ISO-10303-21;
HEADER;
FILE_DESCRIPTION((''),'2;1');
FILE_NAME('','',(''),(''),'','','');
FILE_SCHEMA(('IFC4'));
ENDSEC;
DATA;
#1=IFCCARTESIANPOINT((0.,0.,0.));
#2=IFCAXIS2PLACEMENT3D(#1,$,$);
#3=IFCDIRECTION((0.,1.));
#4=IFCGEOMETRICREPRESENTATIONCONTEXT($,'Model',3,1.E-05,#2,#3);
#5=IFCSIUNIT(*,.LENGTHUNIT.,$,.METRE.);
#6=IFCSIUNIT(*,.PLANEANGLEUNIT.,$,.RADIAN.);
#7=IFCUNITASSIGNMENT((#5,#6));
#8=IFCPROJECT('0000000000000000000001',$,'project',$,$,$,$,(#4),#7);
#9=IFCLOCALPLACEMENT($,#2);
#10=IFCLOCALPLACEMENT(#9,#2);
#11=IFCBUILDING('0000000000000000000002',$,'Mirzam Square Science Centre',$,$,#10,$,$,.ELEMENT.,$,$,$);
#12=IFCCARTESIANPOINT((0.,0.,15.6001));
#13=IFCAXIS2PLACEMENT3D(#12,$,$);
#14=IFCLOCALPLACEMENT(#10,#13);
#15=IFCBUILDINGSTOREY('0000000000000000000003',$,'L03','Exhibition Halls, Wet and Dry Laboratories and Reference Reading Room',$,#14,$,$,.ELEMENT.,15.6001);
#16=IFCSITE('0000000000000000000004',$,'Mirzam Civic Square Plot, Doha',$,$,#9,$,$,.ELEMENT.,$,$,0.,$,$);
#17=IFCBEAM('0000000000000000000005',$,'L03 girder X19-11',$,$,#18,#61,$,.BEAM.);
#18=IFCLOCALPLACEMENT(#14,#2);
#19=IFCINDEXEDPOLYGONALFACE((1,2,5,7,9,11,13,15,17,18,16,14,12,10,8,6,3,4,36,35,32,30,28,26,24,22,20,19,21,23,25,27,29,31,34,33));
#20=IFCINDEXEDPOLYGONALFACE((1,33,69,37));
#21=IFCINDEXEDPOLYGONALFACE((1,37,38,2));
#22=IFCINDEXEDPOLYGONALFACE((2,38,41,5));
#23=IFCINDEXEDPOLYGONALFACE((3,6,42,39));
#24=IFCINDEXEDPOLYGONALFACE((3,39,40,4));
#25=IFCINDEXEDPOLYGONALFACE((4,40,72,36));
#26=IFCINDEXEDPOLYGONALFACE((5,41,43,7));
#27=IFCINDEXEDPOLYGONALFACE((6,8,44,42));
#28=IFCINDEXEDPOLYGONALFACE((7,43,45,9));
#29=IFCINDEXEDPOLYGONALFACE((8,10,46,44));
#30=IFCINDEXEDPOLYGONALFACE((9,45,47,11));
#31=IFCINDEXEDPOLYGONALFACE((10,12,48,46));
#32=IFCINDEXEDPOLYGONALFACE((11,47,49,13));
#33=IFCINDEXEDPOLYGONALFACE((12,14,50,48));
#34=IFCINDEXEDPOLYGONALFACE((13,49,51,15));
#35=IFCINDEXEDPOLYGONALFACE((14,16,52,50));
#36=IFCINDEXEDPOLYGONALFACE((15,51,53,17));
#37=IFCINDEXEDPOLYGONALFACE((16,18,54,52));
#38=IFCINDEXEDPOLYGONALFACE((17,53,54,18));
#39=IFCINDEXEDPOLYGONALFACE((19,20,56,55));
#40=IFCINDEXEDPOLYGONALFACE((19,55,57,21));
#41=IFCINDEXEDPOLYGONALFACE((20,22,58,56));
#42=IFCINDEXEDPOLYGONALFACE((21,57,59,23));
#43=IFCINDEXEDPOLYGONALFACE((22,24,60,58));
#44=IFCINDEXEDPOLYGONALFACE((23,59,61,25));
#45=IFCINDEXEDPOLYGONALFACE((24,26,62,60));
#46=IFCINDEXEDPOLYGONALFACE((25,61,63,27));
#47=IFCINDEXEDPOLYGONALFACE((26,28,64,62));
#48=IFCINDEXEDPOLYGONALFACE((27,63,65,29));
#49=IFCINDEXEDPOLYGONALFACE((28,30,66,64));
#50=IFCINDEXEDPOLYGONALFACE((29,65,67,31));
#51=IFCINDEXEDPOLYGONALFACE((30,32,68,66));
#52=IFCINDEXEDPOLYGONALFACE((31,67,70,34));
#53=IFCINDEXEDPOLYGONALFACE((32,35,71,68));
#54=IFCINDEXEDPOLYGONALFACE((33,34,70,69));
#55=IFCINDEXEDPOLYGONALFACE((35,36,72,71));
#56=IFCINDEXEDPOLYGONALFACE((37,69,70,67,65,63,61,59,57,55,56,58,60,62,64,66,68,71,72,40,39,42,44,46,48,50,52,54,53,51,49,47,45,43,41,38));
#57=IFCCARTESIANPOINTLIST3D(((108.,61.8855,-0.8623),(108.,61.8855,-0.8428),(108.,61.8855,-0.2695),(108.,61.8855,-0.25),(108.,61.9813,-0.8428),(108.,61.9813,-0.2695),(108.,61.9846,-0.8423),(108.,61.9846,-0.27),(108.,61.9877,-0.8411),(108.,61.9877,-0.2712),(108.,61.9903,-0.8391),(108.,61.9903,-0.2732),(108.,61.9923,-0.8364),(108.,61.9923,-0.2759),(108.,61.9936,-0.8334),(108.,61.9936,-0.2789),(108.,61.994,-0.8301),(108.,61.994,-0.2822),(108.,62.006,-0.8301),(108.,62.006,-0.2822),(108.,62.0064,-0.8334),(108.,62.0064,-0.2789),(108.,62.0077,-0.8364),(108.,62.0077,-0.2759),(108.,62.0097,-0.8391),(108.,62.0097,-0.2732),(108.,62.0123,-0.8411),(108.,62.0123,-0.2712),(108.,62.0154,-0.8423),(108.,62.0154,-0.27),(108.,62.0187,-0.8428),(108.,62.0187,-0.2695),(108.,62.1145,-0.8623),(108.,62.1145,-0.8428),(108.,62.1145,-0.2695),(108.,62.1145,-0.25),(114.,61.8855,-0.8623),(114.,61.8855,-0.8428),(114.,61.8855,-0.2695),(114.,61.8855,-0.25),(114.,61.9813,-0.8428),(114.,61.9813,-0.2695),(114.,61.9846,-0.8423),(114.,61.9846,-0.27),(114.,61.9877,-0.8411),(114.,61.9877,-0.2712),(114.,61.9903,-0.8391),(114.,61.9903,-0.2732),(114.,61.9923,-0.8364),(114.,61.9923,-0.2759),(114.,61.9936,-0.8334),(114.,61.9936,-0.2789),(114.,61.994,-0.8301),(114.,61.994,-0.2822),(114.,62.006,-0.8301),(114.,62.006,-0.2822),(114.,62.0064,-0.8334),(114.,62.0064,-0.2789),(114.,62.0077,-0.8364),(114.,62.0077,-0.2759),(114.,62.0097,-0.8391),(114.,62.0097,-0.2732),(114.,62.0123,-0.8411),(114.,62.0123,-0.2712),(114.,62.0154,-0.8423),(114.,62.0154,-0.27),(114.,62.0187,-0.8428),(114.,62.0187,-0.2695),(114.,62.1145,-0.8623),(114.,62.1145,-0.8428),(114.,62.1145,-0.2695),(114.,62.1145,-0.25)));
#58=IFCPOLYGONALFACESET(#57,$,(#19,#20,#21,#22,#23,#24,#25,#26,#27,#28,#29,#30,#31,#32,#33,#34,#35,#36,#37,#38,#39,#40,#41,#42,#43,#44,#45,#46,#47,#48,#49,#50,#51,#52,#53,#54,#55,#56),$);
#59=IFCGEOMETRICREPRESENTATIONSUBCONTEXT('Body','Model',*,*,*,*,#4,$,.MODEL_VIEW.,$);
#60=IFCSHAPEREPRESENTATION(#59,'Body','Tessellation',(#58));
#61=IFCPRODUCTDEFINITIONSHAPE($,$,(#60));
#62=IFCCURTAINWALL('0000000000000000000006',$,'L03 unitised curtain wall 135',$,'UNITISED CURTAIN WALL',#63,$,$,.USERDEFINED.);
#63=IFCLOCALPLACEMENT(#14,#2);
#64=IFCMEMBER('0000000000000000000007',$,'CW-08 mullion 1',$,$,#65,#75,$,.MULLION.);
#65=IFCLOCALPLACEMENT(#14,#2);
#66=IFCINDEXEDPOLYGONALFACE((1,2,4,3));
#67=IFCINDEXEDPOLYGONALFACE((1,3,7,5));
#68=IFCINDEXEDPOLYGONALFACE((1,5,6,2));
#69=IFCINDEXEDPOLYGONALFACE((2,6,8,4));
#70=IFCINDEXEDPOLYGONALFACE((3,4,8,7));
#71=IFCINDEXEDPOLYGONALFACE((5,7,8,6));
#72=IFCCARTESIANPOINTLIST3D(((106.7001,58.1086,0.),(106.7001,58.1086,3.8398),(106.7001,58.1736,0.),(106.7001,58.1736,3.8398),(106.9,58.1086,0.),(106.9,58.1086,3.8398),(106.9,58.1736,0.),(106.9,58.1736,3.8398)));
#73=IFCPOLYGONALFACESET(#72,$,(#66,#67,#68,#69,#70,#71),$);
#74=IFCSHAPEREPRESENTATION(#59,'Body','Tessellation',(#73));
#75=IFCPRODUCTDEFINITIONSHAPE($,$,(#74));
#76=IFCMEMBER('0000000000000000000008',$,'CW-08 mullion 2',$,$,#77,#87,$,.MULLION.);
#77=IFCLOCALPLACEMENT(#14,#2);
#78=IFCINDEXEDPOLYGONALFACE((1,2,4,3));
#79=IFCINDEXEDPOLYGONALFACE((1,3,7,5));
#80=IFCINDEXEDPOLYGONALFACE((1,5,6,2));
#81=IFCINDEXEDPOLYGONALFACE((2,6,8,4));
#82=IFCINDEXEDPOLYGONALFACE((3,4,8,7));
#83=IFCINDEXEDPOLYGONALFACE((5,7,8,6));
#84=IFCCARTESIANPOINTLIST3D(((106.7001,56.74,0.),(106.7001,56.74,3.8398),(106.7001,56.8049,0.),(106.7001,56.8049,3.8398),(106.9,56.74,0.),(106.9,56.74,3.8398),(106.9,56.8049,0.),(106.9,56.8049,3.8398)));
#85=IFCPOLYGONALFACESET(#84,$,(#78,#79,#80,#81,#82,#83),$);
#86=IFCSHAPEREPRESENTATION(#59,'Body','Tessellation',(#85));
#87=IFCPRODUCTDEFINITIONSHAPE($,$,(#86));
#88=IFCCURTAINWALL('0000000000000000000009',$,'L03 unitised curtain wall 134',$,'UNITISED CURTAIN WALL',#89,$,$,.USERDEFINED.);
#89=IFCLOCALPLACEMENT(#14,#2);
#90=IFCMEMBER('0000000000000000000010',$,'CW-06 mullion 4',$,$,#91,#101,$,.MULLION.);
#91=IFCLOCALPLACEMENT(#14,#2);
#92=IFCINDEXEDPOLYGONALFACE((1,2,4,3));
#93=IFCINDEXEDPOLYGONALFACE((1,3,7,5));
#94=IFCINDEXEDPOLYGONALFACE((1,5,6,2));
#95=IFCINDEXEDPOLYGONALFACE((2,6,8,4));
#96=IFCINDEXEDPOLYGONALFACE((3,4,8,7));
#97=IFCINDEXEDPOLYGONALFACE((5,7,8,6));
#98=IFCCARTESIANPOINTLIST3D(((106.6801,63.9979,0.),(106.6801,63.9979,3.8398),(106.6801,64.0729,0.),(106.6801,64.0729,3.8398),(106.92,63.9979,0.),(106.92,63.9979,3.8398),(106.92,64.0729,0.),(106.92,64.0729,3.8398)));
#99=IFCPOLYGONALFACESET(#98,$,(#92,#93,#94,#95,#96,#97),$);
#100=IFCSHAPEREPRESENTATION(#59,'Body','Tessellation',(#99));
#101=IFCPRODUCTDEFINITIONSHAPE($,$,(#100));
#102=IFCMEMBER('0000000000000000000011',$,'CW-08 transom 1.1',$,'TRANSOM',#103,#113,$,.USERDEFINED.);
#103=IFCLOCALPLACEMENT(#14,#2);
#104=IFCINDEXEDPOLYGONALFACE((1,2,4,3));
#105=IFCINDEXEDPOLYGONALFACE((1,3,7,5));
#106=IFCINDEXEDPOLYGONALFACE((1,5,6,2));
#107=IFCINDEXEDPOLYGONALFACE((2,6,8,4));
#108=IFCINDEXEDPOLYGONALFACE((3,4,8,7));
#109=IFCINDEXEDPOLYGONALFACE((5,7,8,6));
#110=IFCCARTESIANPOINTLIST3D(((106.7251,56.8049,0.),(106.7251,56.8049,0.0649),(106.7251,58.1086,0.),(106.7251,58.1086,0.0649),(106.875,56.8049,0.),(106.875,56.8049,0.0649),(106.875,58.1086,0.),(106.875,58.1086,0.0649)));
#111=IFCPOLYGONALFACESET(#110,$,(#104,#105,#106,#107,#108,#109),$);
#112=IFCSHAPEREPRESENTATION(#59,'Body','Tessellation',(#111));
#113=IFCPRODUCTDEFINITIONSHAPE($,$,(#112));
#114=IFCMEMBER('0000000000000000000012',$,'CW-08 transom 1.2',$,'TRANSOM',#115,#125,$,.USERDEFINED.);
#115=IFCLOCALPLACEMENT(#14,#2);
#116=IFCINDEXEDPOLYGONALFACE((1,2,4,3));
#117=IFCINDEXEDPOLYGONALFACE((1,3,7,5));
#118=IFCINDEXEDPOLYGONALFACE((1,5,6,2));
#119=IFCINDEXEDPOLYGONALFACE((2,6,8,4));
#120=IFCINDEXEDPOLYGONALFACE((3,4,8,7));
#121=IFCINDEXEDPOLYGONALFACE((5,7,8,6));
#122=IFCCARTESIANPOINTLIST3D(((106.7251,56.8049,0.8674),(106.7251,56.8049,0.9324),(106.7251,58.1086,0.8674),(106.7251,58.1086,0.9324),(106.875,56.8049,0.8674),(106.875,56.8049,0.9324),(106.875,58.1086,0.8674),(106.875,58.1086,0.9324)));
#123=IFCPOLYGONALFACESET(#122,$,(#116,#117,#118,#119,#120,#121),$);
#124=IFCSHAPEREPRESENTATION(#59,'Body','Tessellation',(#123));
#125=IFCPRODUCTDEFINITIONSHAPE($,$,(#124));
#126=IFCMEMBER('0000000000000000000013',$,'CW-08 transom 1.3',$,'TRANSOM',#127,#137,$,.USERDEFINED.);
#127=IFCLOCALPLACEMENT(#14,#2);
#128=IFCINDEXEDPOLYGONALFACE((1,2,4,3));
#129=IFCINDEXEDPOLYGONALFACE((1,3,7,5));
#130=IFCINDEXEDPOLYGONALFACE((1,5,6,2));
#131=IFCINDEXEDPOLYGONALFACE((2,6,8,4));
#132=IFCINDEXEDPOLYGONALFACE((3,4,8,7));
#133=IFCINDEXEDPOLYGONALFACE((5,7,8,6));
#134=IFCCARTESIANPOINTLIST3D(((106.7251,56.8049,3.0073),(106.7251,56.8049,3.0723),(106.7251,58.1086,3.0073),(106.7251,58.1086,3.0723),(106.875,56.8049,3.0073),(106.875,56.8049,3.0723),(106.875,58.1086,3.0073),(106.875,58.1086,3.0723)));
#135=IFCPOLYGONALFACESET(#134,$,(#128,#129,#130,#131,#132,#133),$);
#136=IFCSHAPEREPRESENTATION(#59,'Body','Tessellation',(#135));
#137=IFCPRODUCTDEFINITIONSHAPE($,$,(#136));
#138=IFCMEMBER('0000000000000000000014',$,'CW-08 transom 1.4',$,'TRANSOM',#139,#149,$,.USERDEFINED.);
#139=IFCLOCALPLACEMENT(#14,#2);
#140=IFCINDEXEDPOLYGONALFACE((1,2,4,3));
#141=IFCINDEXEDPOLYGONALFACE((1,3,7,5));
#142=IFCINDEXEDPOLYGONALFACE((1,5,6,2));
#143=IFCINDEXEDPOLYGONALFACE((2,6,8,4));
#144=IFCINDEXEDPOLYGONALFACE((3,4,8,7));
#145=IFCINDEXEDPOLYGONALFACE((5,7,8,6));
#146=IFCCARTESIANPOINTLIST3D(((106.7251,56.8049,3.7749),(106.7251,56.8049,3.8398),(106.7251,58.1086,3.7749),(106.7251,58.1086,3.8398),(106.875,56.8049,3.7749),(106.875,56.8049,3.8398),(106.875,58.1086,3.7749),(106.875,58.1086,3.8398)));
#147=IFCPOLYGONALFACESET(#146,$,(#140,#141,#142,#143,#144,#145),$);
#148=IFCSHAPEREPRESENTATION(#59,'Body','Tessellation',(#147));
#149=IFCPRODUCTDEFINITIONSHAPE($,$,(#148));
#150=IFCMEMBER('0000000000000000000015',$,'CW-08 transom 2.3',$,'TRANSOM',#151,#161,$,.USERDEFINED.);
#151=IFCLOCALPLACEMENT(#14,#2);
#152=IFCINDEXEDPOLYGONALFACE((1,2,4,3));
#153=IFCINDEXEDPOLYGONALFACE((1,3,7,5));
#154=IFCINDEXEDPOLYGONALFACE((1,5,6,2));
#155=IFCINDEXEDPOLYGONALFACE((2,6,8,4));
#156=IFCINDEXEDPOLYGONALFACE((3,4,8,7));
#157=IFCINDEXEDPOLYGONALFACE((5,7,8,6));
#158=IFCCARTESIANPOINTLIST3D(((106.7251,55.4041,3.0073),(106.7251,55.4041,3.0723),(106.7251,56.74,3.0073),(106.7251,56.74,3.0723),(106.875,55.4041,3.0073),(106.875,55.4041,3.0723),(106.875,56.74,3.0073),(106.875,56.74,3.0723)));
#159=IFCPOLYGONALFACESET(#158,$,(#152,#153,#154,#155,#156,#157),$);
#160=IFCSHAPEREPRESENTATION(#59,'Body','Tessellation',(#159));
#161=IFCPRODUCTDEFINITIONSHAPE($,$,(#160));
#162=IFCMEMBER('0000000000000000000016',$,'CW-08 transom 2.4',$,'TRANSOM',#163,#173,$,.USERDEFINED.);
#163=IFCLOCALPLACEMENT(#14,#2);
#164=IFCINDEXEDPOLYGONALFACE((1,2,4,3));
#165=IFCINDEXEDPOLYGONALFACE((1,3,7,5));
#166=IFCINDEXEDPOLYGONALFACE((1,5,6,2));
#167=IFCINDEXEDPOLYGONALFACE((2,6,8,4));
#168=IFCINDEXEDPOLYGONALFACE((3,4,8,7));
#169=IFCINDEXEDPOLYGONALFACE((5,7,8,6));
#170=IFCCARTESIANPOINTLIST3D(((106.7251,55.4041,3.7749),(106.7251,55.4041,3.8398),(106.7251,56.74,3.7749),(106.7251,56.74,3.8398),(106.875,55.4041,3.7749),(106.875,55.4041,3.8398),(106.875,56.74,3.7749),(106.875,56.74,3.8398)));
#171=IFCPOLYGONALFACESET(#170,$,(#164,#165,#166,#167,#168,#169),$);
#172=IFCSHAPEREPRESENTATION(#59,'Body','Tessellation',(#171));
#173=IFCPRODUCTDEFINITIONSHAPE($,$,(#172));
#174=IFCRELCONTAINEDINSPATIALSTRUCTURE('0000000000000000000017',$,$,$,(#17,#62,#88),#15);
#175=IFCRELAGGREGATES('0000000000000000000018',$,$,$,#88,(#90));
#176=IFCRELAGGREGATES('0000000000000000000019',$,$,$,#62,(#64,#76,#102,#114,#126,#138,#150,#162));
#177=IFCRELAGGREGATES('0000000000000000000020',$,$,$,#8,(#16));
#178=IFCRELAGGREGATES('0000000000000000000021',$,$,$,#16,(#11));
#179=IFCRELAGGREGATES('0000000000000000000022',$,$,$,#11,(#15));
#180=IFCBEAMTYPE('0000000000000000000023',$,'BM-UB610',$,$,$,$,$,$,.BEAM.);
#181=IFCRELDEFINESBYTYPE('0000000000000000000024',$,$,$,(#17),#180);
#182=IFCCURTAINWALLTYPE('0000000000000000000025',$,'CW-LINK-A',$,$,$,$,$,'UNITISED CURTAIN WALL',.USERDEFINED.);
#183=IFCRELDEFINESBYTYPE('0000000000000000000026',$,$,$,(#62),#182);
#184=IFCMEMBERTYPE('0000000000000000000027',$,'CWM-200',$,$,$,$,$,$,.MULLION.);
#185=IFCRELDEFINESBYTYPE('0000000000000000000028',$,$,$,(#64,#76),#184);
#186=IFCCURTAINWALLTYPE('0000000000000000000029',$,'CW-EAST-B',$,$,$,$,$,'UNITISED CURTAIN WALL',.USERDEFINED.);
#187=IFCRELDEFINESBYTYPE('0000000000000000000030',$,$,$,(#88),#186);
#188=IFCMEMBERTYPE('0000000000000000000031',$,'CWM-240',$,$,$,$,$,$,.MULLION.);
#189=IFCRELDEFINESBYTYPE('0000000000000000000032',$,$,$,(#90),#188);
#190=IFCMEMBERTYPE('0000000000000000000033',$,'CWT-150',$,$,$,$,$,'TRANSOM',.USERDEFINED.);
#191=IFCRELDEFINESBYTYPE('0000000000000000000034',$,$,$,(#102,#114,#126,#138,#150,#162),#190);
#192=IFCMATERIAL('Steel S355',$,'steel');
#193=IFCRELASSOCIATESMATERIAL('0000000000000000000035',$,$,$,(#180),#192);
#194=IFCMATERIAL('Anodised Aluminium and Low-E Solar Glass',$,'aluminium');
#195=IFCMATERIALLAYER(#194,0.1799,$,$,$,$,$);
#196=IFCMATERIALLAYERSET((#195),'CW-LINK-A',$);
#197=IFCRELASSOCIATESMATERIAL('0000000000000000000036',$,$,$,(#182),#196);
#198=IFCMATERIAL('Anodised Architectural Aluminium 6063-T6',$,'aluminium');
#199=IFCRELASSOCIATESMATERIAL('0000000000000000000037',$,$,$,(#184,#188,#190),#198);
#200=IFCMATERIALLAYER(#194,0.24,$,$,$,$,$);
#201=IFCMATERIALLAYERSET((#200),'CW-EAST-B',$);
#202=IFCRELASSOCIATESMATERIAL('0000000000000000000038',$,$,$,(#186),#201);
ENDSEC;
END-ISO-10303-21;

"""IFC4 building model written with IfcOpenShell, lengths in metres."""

from ifc_helpers import new_model, si_unit, direction, frame, origin, origin_2d, place, context, subcontext, project, spatial, rectangle, i_section, extrude, material, layer, layer_set, material_profile, profile_set, type_object, element, aggregate, save


model = new_model("IFC4")

# Units and contexts
model_context = context("Model", 3, precision=1e-05, world=origin(), true_north=direction((0.0, 1.0)))
body_context = subcontext(model_context, "Body", "Model", "MODEL_VIEW")
ifc_project = project(units=[si_unit("LENGTHUNIT", "METRE"), si_unit("PLANEANGLEUNIT", "RADIAN")], contexts=[model_context])

# Site, building, storey
site_placement = place(None, origin())
site = spatial("IfcSite", under=ifc_project, at=site_placement, Name="Mirzam Civic Square Plot, Doha", CompositionType="ELEMENT", RefElevation=0.0)
building_placement = place(site_placement, origin())
building = spatial("IfcBuilding", under=site, at=building_placement, Name="Mirzam Square Science Centre", CompositionType="ELEMENT")
storey_placement = place(building_placement, frame((0.0, 0.0, 15.6001)))
storey = spatial("IfcBuildingStorey", under=building, at=storey_placement, Name="L03", Description="Exhibition Halls, Wet and Dry Laboratories and Reference Reading Room", CompositionType="ELEMENT", Elevation=15.6001)

# Shared definitions
ifc_material_1 = material(Name="Steel S355", Category="steel")

# Beam
ifc_material_profile_1 = material_profile(ifc_material_1, i_section(OverallWidth=0.229, OverallDepth=0.6123, WebThickness=0.012, FlangeThickness=0.0195, FilletRadius=0.0127, at=origin_2d()), Name="610x229x125UB")
ifc_profile_set_1 = profile_set([ifc_material_profile_1], Name="Steel S355")
beam_type_1 = type_object("IfcBeamType", Name="BM-UB610", PredefinedType="BEAM", material=ifc_profile_set_1)
for number, where, z_axis, x_axis, name in (
    (1, (108.0, 62.0, -0.5562), (1.0, 0.0, 0.0), (0.0, 1.0, 0.0), "L03 girder X19-11"),
):
    element("IfcBeam", number, at=place(storey_placement, frame(where, z_axis=z_axis, x_axis=x_axis)), inside=storey, type_object=beam_type_1, Name=name, PredefinedType="BEAM", context=body_context, shape_type="SweptSolid", body=[
        extrude(i_section(OverallWidth=0.229, OverallDepth=0.6123, WebThickness=0.012, FlangeThickness=0.0195, FilletRadius=0.0127, at=origin_2d()), origin(), (0.0, 0.0, 1.0), 6.0),
    ])

# Curtain wall, members
ifc_material_2 = material(Name="Anodised Aluminium and Low-E Solar Glass", Category="aluminium")
ifc_layer_1 = layer(ifc_material_2, 0.1799)
ifc_layer_set_1 = layer_set([ifc_layer_1], Name="CW-LINK-A")
curtain_wall_type_1 = type_object("IfcCurtainWallType", Name="CW-LINK-A", ElementType="UNITISED CURTAIN WALL", PredefinedType="USERDEFINED", material=ifc_layer_set_1)
curtain_wall_1_placement = place(storey_placement, origin())
curtain_wall_1 = element("IfcCurtainWall", 2, at=curtain_wall_1_placement, inside=storey, type_object=curtain_wall_type_1, Name="L03 unitised curtain wall 135", ObjectType="UNITISED CURTAIN WALL", PredefinedType="USERDEFINED")
ifc_material_3 = material(Name="Anodised Architectural Aluminium 6063-T6", Category="aluminium")
ifc_material_profile_2 = material_profile(ifc_material_3, rectangle(XDim=0.0649, YDim=0.2, at=origin_2d()), Name="ALU-MULL-200x65x5")
ifc_profile_set_2 = profile_set([ifc_material_profile_2], Name="Anodised Architectural Aluminium 6063-T6")
member_type_1 = type_object("IfcMemberType", Name="CWM-200", PredefinedType="MULLION", material=ifc_profile_set_2)
member_1_placement = place(storey_placement, frame((106.8, 58.1411, 0.0), z_axis=(0.0, 0.0, 1.0), x_axis=(0.0, -1.0, 0.0)))
member_1 = element("IfcMember", 3, at=member_1_placement, type_object=member_type_1, Name="CW-08 mullion 1", PredefinedType="MULLION", context=body_context, shape_type="SweptSolid", body=[
    extrude(rectangle(XDim=0.0649, YDim=0.2, at=origin_2d()), origin(), (0.0, 0.0, 1.0), 3.8398),
])
member_2_placement = place(storey_placement, frame((106.8, 56.7725, 0.0), z_axis=(0.0, 0.0, 1.0), x_axis=(0.0, -1.0, 0.0)))
member_2 = element("IfcMember", 4, at=member_2_placement, type_object=member_type_1, Name="CW-08 mullion 2", PredefinedType="MULLION", context=body_context, shape_type="SweptSolid", body=[
    extrude(rectangle(XDim=0.0649, YDim=0.2, at=origin_2d()), origin(), (0.0, 0.0, 1.0), 3.8398),
])

# Curtain wall, member
ifc_layer_2 = layer(ifc_material_2, 0.24)
ifc_layer_set_2 = layer_set([ifc_layer_2], Name="CW-EAST-B")
curtain_wall_type_2 = type_object("IfcCurtainWallType", Name="CW-EAST-B", ElementType="UNITISED CURTAIN WALL", PredefinedType="USERDEFINED", material=ifc_layer_set_2)
curtain_wall_2_placement = place(storey_placement, origin())
curtain_wall_2 = element("IfcCurtainWall", 5, at=curtain_wall_2_placement, inside=storey, type_object=curtain_wall_type_2, Name="L03 unitised curtain wall 134", ObjectType="UNITISED CURTAIN WALL", PredefinedType="USERDEFINED")
ifc_material_profile_3 = material_profile(ifc_material_3, rectangle(XDim=0.075, YDim=0.24, at=origin_2d()), Name="ALU-MULL-240x75x5")
ifc_profile_set_3 = profile_set([ifc_material_profile_3], Name="Anodised Architectural Aluminium 6063-T6")
member_type_2 = type_object("IfcMemberType", Name="CWM-240", PredefinedType="MULLION", material=ifc_profile_set_3)
member_3_placement = place(storey_placement, frame((106.8, 64.0354, 0.0), z_axis=(0.0, 0.0, 1.0), x_axis=(0.0, -1.0, 0.0)))
member_3 = element("IfcMember", 6, at=member_3_placement, type_object=member_type_2, Name="CW-06 mullion 4", PredefinedType="MULLION", context=body_context, shape_type="SweptSolid", body=[
    extrude(rectangle(XDim=0.075, YDim=0.24, at=origin_2d()), origin(), (0.0, 0.0, 1.0), 3.8398),
])

# Members
ifc_material_profile_4 = material_profile(ifc_material_3, rectangle(XDim=0.1499, YDim=0.0649, at=origin_2d()), Name="ALU-TRAN-150x65x4")
ifc_profile_set_4 = profile_set([ifc_material_profile_4], Name="Anodised Architectural Aluminium 6063-T6")
member_type_3 = type_object("IfcMemberType", Name="CWT-150", ElementType="TRANSOM", PredefinedType="USERDEFINED", material=ifc_profile_set_4)
member_4_placement = place(storey_placement, frame((106.8, 58.1086, 0.0325), z_axis=(0.0, -1.0, 0.0), x_axis=(1.0, 0.0, 0.0)))
member_4 = element("IfcMember", 7, at=member_4_placement, type_object=member_type_3, Name="CW-08 transom 1.1", ObjectType="TRANSOM", PredefinedType="USERDEFINED", context=body_context, shape_type="SweptSolid", body=[
    extrude(rectangle(XDim=0.1499, YDim=0.0649, at=origin_2d()), origin(), (0.0, 0.0, 1.0), 1.3037),
])
member_5_placement = place(storey_placement, frame((106.8, 58.1086, 0.8999), z_axis=(0.0, -1.0, 0.0), x_axis=(1.0, 0.0, 0.0)))
member_5 = element("IfcMember", 8, at=member_5_placement, type_object=member_type_3, Name="CW-08 transom 1.2", ObjectType="TRANSOM", PredefinedType="USERDEFINED", context=body_context, shape_type="SweptSolid", body=[
    extrude(rectangle(XDim=0.1499, YDim=0.0649, at=origin_2d()), origin(), (0.0, 0.0, 1.0), 1.3037),
])
member_6_placement = place(storey_placement, frame((106.8, 58.1086, 3.0398), z_axis=(0.0, -1.0, 0.0), x_axis=(1.0, 0.0, 0.0)))
member_6 = element("IfcMember", 9, at=member_6_placement, type_object=member_type_3, Name="CW-08 transom 1.3", ObjectType="TRANSOM", PredefinedType="USERDEFINED", context=body_context, shape_type="SweptSolid", body=[
    extrude(rectangle(XDim=0.1499, YDim=0.0649, at=origin_2d()), origin(), (0.0, 0.0, 1.0), 1.3037),
])
member_7_placement = place(storey_placement, frame((106.8, 58.1086, 3.8074), z_axis=(0.0, -1.0, 0.0), x_axis=(1.0, 0.0, 0.0)))
member_7 = element("IfcMember", 10, at=member_7_placement, type_object=member_type_3, Name="CW-08 transom 1.4", ObjectType="TRANSOM", PredefinedType="USERDEFINED", context=body_context, shape_type="SweptSolid", body=[
    extrude(rectangle(XDim=0.1499, YDim=0.0649, at=origin_2d()), origin(), (0.0, 0.0, 1.0), 1.3037),
])
member_8_placement = place(storey_placement, frame((106.8, 56.74, 3.0398), z_axis=(0.0, -1.0, 0.0), x_axis=(1.0, 0.0, 0.0)))
member_8 = element("IfcMember", 11, at=member_8_placement, type_object=member_type_3, Name="CW-08 transom 2.3", ObjectType="TRANSOM", PredefinedType="USERDEFINED", context=body_context, shape_type="SweptSolid", body=[
    extrude(rectangle(XDim=0.1499, YDim=0.0649, at=origin_2d()), origin(), (0.0, 0.0, 1.0), 1.3359),
])
member_9_placement = place(storey_placement, frame((106.8, 56.74, 3.8074), z_axis=(0.0, -1.0, 0.0), x_axis=(1.0, 0.0, 0.0)))
member_9 = element("IfcMember", 12, at=member_9_placement, type_object=member_type_3, Name="CW-08 transom 2.4", ObjectType="TRANSOM", PredefinedType="USERDEFINED", context=body_context, shape_type="SweptSolid", body=[
    extrude(rectangle(XDim=0.1499, YDim=0.0649, at=origin_2d()), origin(), (0.0, 0.0, 1.0), 1.3359),
])

aggregate(curtain_wall_2, [member_3])
aggregate(curtain_wall_1, [member_1, member_2, member_4, member_5, member_6, member_7, member_8, member_9])

save(model, "model.ifc")
